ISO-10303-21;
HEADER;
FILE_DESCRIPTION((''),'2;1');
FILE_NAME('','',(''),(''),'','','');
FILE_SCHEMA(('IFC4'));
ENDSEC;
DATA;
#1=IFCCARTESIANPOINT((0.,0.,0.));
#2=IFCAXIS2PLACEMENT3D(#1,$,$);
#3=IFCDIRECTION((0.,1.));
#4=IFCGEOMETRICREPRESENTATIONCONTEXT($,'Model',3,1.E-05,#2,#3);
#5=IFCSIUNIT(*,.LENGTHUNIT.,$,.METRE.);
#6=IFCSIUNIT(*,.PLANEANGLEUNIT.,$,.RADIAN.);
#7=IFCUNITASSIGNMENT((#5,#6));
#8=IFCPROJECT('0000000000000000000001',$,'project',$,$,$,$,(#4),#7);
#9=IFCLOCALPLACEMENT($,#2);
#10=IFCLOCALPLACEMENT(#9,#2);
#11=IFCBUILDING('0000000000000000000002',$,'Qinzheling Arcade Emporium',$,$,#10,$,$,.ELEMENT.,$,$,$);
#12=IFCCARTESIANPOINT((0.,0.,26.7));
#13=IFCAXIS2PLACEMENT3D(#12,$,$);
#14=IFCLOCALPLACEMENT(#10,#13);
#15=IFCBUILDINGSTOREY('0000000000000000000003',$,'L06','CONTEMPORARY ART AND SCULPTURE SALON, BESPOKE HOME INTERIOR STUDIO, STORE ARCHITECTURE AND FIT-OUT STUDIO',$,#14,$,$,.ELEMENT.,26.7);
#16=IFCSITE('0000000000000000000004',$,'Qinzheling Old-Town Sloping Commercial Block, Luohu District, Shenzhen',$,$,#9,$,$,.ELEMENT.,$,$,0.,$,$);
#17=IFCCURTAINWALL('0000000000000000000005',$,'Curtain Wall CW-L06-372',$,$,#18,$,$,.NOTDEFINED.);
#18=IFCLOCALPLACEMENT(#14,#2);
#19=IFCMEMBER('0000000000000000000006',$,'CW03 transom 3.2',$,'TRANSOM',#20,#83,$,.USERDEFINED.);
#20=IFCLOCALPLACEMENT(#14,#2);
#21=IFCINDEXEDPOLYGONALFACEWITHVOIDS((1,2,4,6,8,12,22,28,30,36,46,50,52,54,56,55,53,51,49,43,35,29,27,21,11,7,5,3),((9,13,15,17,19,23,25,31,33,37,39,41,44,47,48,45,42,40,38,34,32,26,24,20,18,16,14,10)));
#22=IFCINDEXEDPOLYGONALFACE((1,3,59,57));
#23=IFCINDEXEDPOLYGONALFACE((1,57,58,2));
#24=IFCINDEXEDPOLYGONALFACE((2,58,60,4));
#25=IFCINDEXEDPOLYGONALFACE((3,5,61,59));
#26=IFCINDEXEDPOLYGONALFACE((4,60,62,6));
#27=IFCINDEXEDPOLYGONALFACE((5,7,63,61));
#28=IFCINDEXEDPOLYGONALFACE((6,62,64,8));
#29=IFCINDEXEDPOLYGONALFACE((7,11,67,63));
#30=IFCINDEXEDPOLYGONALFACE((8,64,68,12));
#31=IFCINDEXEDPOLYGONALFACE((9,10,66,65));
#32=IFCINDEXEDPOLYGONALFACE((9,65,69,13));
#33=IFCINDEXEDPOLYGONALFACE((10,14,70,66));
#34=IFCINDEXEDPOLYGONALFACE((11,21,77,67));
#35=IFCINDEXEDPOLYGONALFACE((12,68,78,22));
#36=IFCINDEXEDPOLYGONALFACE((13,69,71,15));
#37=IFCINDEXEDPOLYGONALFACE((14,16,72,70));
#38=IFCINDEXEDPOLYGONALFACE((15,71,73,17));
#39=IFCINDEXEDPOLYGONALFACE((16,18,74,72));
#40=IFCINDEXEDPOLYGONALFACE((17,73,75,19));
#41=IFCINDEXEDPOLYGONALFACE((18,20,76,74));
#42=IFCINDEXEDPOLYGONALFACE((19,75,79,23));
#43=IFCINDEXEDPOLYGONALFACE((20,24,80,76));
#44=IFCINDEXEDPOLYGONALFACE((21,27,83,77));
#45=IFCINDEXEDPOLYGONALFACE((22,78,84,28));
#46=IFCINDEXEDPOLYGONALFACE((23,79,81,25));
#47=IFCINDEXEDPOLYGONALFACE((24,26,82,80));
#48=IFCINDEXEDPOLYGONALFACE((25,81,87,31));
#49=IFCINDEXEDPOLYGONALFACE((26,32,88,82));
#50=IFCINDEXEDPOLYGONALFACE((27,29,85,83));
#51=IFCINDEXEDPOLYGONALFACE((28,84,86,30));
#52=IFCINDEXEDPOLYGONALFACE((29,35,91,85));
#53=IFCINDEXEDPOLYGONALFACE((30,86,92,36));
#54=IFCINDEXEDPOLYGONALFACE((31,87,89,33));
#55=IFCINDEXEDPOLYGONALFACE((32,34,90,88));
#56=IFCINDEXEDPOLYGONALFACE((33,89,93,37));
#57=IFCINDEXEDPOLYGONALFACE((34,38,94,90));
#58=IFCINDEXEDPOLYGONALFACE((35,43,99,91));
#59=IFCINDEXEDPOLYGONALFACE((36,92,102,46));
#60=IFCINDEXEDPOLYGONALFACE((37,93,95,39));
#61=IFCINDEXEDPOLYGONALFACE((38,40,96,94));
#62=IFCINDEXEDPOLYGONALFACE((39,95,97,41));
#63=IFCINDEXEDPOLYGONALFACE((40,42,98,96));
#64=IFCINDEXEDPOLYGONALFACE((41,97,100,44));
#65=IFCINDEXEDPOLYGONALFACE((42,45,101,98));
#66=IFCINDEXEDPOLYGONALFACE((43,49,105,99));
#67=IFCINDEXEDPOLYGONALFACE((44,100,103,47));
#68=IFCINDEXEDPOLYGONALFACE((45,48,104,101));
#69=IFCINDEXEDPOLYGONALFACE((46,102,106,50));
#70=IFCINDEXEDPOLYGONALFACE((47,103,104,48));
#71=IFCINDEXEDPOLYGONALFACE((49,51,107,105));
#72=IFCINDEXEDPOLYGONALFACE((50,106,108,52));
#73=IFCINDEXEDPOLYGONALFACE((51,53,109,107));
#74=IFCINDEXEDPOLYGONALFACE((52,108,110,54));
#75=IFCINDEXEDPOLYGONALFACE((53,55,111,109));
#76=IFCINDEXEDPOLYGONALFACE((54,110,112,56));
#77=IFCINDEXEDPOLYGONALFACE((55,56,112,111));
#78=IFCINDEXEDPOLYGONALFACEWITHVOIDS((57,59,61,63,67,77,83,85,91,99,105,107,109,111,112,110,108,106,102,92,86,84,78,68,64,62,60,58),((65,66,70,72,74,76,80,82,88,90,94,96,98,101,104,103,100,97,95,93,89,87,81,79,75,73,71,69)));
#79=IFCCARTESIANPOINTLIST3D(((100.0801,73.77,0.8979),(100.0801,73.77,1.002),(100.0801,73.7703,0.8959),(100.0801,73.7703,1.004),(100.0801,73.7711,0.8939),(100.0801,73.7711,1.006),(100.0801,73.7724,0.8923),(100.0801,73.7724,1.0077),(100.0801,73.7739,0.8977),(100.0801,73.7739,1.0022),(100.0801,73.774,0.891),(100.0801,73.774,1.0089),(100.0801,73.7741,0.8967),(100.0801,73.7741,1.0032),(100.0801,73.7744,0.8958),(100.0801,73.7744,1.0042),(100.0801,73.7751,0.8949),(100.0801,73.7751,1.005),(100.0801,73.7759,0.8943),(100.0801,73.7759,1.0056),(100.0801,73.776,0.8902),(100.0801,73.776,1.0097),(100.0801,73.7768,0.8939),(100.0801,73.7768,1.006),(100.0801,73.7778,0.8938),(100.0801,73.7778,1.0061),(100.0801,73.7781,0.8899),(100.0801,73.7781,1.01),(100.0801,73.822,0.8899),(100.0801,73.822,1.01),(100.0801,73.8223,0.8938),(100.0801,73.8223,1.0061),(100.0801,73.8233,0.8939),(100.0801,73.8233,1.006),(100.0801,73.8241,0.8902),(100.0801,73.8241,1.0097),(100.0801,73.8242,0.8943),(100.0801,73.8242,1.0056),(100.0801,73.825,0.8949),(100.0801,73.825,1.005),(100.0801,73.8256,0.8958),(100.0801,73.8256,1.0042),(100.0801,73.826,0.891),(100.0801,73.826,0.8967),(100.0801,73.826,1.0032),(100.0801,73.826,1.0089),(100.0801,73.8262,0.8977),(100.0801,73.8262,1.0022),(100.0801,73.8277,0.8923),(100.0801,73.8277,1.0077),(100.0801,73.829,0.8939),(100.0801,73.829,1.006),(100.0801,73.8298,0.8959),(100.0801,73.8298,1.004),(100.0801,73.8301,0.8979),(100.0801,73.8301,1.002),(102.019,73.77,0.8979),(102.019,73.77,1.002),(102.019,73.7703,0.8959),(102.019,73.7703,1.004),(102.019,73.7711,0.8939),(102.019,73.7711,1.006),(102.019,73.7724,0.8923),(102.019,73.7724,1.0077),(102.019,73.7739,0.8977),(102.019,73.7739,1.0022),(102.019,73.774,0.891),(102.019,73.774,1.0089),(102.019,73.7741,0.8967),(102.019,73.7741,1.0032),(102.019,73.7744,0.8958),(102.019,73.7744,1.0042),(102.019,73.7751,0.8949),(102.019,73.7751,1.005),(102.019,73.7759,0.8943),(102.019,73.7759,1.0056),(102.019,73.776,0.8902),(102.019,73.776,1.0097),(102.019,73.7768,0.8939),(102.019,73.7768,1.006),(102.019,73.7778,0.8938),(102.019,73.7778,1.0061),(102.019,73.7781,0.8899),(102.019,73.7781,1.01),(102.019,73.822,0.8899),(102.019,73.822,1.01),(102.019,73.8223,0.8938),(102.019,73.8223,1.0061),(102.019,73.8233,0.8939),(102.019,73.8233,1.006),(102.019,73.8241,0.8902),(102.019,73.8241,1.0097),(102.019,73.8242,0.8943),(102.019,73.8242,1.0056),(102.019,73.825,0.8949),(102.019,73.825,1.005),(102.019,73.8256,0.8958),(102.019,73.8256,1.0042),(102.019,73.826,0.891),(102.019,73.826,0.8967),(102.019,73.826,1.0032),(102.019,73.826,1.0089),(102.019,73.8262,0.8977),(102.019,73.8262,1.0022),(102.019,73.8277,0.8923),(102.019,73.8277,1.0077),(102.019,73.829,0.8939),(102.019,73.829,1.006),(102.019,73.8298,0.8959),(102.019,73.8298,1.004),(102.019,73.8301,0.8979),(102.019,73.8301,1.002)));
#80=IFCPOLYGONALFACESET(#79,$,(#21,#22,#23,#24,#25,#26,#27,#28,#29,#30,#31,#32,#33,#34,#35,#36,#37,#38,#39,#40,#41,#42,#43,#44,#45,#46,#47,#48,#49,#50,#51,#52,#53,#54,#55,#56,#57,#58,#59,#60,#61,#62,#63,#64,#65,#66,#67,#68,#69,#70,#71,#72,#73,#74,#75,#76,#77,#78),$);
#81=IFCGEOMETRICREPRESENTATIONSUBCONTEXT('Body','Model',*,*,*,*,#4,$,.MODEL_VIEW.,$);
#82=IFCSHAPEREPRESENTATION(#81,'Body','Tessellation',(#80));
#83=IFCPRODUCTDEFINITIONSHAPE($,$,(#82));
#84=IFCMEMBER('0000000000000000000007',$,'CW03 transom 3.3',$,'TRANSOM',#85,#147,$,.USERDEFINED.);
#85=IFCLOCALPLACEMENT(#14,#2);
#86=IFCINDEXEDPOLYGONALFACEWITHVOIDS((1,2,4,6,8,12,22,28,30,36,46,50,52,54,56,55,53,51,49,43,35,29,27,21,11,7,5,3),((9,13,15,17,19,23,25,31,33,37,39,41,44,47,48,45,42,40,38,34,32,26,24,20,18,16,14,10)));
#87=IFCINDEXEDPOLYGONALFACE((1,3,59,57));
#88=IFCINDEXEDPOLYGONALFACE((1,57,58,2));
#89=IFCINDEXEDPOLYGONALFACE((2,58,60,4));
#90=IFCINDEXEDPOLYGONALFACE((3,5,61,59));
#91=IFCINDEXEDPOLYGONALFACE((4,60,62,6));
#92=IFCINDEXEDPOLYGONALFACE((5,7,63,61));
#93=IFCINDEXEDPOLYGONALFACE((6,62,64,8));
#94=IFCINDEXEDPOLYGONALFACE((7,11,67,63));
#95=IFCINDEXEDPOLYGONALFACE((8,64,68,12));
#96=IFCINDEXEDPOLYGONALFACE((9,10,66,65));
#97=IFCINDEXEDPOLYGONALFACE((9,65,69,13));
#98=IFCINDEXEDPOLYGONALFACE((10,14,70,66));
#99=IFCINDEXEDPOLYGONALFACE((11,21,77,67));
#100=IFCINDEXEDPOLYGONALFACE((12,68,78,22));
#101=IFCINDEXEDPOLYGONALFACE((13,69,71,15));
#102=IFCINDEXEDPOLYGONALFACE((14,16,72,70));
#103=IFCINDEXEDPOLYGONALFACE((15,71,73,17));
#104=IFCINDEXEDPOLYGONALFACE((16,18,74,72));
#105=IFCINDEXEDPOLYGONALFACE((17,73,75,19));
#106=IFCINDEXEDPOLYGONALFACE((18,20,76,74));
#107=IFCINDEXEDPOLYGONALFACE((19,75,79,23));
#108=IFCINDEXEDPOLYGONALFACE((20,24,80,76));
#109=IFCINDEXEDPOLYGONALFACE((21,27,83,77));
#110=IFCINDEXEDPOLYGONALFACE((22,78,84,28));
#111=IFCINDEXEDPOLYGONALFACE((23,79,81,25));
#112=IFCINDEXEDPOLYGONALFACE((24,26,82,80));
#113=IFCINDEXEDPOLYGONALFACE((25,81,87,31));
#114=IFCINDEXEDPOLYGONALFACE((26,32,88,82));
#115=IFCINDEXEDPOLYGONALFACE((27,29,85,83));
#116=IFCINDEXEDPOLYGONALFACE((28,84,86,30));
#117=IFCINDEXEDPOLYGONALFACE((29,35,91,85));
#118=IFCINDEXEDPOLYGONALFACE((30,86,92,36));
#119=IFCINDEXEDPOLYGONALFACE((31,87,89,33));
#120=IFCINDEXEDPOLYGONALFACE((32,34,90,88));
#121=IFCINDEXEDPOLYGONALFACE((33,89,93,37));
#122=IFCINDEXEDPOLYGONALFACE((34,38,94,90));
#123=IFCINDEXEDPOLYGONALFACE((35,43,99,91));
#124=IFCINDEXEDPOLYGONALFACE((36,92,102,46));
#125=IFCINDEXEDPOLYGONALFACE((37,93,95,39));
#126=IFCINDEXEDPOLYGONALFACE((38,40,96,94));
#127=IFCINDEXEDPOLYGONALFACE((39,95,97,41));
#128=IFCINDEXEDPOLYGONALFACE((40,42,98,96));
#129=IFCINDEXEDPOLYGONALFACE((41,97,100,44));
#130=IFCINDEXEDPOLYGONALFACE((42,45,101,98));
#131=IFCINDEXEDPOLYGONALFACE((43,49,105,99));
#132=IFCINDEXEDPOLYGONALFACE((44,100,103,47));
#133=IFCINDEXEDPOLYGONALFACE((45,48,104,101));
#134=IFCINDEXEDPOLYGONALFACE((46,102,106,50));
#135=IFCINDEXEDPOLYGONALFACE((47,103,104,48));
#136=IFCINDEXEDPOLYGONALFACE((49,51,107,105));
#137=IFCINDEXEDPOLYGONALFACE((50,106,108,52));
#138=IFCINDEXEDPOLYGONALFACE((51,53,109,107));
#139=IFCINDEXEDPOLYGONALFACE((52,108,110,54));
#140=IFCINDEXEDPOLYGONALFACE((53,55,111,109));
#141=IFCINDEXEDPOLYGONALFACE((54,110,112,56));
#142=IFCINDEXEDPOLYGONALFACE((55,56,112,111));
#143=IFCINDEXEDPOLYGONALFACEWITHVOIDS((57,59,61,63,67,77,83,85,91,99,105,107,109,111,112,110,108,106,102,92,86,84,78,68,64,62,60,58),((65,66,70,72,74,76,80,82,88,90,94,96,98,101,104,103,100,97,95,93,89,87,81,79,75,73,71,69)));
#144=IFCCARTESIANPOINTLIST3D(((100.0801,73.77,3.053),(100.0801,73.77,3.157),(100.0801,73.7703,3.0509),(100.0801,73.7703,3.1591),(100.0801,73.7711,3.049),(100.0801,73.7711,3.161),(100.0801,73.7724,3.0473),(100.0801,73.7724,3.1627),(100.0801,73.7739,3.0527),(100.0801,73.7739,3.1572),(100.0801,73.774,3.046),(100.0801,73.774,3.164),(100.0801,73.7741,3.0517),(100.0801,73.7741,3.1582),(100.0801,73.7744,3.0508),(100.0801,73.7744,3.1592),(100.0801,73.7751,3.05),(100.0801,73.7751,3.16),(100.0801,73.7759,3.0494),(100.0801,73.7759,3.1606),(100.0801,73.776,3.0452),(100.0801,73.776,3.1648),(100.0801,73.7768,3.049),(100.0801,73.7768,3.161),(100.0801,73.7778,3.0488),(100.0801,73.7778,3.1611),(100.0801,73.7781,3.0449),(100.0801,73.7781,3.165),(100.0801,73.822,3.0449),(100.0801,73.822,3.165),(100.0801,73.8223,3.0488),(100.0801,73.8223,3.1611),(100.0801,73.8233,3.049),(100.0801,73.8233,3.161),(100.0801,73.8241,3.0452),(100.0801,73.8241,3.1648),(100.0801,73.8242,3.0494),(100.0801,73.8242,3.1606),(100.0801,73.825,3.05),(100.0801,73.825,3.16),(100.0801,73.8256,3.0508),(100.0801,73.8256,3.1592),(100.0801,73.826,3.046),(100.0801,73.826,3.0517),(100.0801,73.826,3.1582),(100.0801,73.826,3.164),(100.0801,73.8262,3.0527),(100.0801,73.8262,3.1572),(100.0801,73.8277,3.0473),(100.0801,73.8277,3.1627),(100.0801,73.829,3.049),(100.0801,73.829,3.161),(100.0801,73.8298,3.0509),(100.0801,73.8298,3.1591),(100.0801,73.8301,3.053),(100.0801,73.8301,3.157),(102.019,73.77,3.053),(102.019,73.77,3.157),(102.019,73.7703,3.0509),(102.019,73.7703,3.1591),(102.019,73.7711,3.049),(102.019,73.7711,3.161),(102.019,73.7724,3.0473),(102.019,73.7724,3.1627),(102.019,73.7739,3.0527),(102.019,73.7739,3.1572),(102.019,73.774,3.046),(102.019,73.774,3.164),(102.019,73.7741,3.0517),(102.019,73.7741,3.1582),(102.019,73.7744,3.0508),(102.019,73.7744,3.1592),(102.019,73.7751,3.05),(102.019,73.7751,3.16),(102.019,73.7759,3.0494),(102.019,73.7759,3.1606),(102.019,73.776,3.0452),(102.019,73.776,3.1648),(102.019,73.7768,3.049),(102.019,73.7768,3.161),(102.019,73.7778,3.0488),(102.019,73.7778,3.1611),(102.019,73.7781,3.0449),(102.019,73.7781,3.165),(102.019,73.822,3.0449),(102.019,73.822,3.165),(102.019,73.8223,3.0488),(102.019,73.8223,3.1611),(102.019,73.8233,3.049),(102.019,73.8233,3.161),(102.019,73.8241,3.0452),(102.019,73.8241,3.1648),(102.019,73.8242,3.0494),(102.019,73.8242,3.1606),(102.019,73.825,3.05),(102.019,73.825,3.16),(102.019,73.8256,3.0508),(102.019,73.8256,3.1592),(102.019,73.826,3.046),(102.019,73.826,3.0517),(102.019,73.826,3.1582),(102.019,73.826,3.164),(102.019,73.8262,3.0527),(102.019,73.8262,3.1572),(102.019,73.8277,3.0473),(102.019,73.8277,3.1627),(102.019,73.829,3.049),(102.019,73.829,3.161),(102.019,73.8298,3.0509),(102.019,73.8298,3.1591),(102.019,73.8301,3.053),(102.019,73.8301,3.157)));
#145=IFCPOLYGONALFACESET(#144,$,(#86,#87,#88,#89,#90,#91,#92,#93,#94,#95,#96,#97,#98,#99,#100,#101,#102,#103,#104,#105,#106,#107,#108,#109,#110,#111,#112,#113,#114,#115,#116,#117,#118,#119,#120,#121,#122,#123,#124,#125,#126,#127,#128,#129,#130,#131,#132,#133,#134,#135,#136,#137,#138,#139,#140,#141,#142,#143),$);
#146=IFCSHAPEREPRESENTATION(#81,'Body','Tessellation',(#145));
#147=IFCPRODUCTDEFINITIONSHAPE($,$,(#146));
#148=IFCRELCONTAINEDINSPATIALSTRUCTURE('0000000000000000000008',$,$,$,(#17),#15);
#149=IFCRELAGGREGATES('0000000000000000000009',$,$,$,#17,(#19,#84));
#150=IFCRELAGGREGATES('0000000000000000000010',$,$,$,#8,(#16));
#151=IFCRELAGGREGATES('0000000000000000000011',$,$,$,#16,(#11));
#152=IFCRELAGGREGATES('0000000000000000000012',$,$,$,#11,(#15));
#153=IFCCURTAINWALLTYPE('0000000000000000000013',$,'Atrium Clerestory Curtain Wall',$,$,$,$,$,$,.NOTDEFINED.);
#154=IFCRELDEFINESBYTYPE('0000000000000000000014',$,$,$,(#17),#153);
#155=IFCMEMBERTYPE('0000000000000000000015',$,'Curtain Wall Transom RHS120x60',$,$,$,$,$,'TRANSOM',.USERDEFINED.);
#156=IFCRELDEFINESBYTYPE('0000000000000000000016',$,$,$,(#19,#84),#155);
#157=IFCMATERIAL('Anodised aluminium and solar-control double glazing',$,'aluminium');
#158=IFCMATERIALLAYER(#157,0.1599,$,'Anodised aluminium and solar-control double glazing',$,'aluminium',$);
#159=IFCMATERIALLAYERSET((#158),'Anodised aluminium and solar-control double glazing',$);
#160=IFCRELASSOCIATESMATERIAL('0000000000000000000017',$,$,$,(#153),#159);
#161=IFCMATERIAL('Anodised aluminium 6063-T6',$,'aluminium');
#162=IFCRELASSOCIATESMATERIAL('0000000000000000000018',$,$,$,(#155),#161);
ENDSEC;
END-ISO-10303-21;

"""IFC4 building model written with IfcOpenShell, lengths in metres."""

from ifc_helpers import new_model, si_unit, direction, frame, origin, origin_2d, place, context, subcontext, project, spatial, hollow_rectangle, extrude, material, layer, layer_set, material_profile, profile_set, type_object, element, aggregate, save


model = new_model("IFC4")

# Units and contexts
model_context = context("Model", 3, precision=1e-05, world=origin(), true_north=direction((0.0, 1.0)))
body_context = subcontext(model_context, "Body", "Model", "MODEL_VIEW")
ifc_project = project(units=[si_unit("LENGTHUNIT", "METRE"), si_unit("PLANEANGLEUNIT", "RADIAN")], contexts=[model_context])

# Site, building, storey
site_placement = place(None, origin())
site = spatial("IfcSite", under=ifc_project, at=site_placement, Name="Qinzheling Old-Town Sloping Commercial Block, Luohu District, Shenzhen", CompositionType="ELEMENT", RefElevation=0.0)
building_placement = place(site_placement, origin())
building = spatial("IfcBuilding", under=site, at=building_placement, Name="Qinzheling Arcade Emporium", CompositionType="ELEMENT")
storey_placement = place(building_placement, frame((0.0, 0.0, 26.7)))
storey = spatial("IfcBuildingStorey", under=building, at=storey_placement, Name="L06", Description="CONTEMPORARY ART AND SCULPTURE SALON, BESPOKE HOME INTERIOR STUDIO, STORE ARCHITECTURE AND FIT-OUT STUDIO", CompositionType="ELEMENT", Elevation=26.7)

# Curtain wall, members
ifc_material_1 = material(Name="Anodised aluminium and solar-control double glazing", Category="aluminium")
ifc_layer_1 = layer(ifc_material_1, 0.1599, Name="Anodised aluminium and solar-control double glazing", Category="aluminium")
ifc_layer_set_1 = layer_set([ifc_layer_1], Name="Anodised aluminium and solar-control double glazing")
curtain_wall_type = type_object("IfcCurtainWallType", Name="Atrium Clerestory Curtain Wall", PredefinedType="NOTDEFINED", material=ifc_layer_set_1)
curtain_wall_placement = place(storey_placement, origin())
curtain_wall = element("IfcCurtainWall", 1, at=curtain_wall_placement, inside=storey, type_object=curtain_wall_type, Name="Curtain Wall CW-L06-372", PredefinedType="NOTDEFINED")
ifc_material_2 = material(Name="Anodised aluminium 6063-T6", Category="aluminium")
ifc_material_profile_1 = material_profile(ifc_material_2, hollow_rectangle(XDim=0.0601, YDim=0.1201, WallThickness=0.0039, InnerFilletRadius=0.0039, OuterFilletRadius=0.0081, at=origin_2d()), Name="RHS 120x60x4", Category="aluminium")
ifc_profile_set_1 = profile_set([ifc_material_profile_1], Name="Anodised aluminium 6063-T6")
member_type_1 = type_object("IfcMemberType", Name="Curtain Wall Transom RHS120x60", ElementType="TRANSOM", PredefinedType="USERDEFINED", material=ifc_profile_set_1)
member_1_placement = place(storey_placement, frame((100.0801, 73.8, 0.95), z_axis=(1.0, 0.0, 0.0), x_axis=(0.0, 1.0, 0.0)))
member_1 = element("IfcMember", 2, at=member_1_placement, type_object=member_type_1, Name="CW03 transom 3.2", ObjectType="TRANSOM", PredefinedType="USERDEFINED", context=body_context, shape_type="SweptSolid", body=[
    extrude(hollow_rectangle(XDim=0.0601, YDim=0.1201, WallThickness=0.0039, InnerFilletRadius=0.0039, OuterFilletRadius=0.0081, at=origin_2d()), origin(), (0.0, 0.0, 1.0), 1.939),
])
member_2_placement = place(storey_placement, frame((100.0801, 73.8, 3.105), z_axis=(1.0, 0.0, 0.0), x_axis=(0.0, 1.0, 0.0)))
member_2 = element("IfcMember", 3, at=member_2_placement, type_object=member_type_1, Name="CW03 transom 3.3", ObjectType="TRANSOM", PredefinedType="USERDEFINED", context=body_context, shape_type="SweptSolid", body=[
    extrude(hollow_rectangle(XDim=0.0601, YDim=0.1201, WallThickness=0.0039, InnerFilletRadius=0.0039, OuterFilletRadius=0.0081, at=origin_2d()), origin(), (0.0, 0.0, 1.0), 1.939),
])

aggregate(curtain_wall, [member_1, member_2])

save(model, "model.ifc")
